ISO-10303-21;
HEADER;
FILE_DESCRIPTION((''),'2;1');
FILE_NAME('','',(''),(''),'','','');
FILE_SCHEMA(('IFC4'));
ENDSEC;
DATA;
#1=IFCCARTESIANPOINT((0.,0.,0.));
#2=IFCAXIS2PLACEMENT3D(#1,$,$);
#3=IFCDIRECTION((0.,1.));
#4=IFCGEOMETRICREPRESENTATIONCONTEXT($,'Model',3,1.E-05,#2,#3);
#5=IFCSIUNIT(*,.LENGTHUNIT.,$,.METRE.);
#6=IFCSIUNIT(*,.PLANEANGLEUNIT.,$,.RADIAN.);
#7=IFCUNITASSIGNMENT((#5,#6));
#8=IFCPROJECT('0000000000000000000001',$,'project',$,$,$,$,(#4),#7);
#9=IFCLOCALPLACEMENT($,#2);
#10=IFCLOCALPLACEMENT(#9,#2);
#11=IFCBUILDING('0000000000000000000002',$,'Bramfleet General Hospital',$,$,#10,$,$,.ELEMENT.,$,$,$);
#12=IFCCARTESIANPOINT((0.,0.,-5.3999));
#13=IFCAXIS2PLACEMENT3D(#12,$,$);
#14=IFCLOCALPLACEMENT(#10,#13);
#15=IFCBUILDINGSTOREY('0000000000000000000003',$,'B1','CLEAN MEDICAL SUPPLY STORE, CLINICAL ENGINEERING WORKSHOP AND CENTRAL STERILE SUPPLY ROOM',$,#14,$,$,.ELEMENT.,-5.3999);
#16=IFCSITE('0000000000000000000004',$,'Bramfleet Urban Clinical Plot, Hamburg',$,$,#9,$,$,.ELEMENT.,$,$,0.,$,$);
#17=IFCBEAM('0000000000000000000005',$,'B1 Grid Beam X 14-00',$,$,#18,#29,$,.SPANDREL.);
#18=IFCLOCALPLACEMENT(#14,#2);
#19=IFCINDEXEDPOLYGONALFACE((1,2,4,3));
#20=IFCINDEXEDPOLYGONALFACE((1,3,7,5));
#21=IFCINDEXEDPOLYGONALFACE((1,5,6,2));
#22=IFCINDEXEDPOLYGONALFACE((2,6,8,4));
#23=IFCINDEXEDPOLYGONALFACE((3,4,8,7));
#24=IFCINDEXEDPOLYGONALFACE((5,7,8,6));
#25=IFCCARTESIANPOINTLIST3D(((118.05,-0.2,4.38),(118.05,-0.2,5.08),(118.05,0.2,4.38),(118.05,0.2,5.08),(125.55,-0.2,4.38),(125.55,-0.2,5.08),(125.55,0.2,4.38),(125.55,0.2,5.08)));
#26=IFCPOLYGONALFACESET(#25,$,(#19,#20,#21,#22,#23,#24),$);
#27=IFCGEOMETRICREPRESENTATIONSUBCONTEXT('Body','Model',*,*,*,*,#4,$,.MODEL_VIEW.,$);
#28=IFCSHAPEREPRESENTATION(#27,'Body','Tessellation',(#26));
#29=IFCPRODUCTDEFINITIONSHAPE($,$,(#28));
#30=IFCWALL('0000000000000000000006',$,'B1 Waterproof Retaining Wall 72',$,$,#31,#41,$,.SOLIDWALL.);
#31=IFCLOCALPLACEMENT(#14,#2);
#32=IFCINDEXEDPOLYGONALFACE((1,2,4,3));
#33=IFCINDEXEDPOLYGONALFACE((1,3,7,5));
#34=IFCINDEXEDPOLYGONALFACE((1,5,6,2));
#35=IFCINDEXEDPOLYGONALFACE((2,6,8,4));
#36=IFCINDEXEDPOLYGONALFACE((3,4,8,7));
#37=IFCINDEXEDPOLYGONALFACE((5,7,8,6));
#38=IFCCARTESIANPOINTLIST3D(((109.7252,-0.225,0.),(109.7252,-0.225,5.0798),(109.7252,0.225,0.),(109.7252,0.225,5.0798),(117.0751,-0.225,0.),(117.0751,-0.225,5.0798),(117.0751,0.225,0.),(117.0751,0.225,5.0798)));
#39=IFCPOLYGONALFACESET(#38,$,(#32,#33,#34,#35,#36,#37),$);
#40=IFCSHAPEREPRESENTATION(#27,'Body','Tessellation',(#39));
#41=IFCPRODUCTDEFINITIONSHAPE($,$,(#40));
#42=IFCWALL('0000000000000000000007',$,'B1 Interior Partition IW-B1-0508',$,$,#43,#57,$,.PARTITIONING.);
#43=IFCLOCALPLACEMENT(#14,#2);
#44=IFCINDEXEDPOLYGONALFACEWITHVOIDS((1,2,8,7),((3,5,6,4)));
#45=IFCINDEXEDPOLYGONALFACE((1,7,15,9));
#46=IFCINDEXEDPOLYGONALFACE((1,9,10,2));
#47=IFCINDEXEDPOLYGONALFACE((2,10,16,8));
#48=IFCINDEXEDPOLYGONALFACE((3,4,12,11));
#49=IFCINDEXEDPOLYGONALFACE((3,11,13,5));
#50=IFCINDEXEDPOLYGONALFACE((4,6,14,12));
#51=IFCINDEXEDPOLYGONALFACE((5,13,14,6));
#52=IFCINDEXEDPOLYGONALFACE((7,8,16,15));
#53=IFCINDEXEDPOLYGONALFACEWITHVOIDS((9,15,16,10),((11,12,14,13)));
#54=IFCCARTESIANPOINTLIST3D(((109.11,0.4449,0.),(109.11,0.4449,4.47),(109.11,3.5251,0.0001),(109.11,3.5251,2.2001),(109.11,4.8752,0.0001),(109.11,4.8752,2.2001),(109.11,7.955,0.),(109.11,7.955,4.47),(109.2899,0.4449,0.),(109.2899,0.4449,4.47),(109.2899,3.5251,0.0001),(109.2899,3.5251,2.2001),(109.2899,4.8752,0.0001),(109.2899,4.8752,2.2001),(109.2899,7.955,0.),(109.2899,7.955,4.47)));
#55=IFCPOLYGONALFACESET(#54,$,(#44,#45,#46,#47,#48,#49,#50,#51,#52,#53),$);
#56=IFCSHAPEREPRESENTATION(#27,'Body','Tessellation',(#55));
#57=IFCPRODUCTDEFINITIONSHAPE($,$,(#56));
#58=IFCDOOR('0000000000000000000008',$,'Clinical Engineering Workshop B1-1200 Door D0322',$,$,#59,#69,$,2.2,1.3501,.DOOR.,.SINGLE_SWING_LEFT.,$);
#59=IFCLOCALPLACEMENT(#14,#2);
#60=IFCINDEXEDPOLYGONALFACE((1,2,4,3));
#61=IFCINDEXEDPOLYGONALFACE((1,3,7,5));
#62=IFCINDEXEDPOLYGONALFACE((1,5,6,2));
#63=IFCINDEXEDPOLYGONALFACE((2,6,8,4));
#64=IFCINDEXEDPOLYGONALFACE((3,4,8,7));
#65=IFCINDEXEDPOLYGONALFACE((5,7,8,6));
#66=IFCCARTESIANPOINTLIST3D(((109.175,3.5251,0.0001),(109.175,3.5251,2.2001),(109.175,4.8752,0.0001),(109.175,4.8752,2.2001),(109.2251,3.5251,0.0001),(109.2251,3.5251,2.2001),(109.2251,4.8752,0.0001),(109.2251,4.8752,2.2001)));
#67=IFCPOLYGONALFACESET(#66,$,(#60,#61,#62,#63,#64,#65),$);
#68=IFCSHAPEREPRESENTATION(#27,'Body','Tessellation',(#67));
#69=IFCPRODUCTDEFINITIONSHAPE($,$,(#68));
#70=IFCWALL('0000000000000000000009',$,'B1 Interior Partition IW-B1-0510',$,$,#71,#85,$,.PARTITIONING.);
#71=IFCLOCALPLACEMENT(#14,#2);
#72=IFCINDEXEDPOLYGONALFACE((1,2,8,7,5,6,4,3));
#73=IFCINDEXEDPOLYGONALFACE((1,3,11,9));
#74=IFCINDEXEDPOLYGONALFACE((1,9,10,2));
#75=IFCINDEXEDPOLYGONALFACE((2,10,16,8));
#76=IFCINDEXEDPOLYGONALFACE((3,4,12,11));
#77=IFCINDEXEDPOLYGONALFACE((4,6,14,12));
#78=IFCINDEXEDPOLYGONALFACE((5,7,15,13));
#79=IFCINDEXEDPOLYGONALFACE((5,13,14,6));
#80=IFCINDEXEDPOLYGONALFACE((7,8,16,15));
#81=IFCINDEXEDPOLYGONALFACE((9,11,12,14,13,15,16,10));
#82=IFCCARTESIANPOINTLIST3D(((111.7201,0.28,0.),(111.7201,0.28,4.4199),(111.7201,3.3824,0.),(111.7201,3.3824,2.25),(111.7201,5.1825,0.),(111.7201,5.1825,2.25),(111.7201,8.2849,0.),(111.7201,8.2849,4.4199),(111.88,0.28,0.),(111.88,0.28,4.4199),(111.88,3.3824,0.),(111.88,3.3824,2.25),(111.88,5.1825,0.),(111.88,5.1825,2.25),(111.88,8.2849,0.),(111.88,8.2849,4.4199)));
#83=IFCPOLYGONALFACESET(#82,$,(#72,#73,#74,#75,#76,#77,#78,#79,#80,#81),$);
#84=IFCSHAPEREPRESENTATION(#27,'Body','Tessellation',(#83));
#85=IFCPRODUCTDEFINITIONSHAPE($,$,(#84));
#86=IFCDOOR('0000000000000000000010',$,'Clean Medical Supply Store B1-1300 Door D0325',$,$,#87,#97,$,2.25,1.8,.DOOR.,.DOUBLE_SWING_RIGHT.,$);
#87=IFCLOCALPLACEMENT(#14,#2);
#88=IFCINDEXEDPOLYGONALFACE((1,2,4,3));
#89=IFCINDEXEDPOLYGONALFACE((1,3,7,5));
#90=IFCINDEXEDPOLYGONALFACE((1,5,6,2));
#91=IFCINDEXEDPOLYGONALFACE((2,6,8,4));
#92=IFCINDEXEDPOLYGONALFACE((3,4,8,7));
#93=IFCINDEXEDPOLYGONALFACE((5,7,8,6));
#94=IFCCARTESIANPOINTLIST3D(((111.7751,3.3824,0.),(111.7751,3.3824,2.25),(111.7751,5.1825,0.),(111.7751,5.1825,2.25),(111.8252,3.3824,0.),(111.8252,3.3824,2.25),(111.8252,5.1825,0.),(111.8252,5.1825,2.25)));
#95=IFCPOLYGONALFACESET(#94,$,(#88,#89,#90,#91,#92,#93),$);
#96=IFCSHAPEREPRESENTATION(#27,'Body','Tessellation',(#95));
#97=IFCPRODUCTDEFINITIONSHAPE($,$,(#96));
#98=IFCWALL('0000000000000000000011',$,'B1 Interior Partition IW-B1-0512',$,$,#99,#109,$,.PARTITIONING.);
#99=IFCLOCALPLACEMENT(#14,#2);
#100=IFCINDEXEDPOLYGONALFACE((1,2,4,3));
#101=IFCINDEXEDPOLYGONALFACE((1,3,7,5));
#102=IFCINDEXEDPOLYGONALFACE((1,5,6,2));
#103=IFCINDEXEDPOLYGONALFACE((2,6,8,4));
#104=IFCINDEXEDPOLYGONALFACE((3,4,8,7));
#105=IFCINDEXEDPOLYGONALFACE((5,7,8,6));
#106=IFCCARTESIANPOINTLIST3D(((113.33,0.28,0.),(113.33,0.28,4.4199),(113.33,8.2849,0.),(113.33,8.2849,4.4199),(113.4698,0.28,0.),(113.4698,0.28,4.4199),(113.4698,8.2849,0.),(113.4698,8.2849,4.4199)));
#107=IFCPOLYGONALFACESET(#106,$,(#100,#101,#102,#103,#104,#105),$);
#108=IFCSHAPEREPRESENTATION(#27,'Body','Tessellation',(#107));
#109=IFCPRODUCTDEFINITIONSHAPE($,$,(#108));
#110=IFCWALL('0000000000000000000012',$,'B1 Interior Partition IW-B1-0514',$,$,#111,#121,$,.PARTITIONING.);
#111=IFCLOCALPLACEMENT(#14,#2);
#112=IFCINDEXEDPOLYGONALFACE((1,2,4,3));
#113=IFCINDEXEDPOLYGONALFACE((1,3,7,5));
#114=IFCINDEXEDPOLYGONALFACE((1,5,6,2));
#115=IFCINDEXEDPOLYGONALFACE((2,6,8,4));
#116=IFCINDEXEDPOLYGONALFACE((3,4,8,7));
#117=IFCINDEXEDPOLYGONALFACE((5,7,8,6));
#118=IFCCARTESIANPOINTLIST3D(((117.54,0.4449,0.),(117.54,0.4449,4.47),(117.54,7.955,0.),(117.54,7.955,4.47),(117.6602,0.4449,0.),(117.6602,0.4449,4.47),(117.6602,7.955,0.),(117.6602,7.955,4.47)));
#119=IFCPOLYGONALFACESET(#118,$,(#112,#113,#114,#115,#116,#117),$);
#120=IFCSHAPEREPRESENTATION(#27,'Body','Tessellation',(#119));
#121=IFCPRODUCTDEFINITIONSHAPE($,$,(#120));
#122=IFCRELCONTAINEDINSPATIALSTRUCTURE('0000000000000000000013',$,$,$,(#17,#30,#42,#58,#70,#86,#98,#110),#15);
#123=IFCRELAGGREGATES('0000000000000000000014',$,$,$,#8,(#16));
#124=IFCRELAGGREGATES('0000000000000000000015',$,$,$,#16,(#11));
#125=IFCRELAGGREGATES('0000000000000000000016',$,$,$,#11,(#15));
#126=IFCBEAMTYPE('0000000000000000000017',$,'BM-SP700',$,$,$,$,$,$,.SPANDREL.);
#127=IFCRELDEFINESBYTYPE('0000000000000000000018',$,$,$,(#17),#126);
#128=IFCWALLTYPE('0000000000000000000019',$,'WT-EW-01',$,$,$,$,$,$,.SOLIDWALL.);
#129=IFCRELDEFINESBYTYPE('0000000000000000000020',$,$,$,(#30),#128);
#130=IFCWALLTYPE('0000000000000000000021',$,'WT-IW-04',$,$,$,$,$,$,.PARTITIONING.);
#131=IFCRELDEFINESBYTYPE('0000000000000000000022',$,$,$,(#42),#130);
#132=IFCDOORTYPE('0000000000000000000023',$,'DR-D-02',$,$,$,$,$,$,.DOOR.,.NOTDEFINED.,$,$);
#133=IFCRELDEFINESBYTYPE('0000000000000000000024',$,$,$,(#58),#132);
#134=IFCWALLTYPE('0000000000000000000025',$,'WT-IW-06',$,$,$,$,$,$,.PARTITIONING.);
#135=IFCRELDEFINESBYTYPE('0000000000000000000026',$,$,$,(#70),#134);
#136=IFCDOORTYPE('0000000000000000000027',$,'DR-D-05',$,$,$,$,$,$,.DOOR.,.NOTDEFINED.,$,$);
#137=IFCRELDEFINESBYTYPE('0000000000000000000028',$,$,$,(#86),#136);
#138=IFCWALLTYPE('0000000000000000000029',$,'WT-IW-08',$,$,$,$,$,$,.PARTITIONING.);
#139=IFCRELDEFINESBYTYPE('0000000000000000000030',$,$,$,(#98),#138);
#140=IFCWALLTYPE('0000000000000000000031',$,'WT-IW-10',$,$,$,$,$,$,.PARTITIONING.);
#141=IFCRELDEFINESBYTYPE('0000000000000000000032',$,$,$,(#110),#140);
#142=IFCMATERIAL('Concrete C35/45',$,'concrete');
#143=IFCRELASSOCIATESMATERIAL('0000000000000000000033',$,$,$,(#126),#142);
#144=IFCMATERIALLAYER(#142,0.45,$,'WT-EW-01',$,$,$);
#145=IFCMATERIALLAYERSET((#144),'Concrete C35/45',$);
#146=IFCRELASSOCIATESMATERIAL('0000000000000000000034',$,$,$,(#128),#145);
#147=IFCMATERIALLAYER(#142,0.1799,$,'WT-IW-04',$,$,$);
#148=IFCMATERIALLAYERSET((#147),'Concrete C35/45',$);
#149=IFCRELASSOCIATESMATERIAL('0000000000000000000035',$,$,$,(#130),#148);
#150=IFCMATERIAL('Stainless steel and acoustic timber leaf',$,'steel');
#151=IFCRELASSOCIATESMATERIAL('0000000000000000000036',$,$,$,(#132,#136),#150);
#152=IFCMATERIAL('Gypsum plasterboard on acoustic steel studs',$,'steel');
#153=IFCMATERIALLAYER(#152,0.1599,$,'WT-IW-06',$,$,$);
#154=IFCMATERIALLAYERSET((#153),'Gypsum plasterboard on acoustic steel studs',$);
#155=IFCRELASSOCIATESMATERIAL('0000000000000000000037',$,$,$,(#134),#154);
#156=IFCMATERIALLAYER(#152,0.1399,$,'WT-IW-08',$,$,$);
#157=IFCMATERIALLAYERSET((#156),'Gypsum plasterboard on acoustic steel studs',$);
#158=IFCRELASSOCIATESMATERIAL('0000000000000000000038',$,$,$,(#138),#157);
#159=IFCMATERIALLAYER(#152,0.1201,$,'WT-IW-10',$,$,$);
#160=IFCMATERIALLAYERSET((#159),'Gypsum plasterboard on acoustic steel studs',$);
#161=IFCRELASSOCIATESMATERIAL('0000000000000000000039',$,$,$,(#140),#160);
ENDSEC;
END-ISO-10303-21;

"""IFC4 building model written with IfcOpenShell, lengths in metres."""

from ifc_helpers import new_model, si_unit, direction, frame, frame_2d, origin, origin_2d, place, context, subcontext, project, spatial, rectangle, extrude, material, layer, layer_set, material_profile, profile_set, type_object, element, fill, save


model = new_model("IFC4")

# Units and contexts
model_context = context("Model", 3, precision=1e-05, world=origin(), true_north=direction((0.0, 1.0)))
body_context = subcontext(model_context, "Body", "Model", "MODEL_VIEW")
ifc_project = project(units=[si_unit("LENGTHUNIT", "METRE"), si_unit("PLANEANGLEUNIT", "RADIAN")], contexts=[model_context])

# Site, building, storey
site_placement = place(None, origin())
site = spatial("IfcSite", under=ifc_project, at=site_placement, Name="Bramfleet Urban Clinical Plot, Hamburg", CompositionType="ELEMENT", RefElevation=0.0)
building_placement = place(site_placement, origin())
building = spatial("IfcBuilding", under=site, at=building_placement, Name="Bramfleet General Hospital", CompositionType="ELEMENT")
storey_placement = place(building_placement, frame((0.0, 0.0, -5.3999)))
storey = spatial("IfcBuildingStorey", under=building, at=storey_placement, Name="B1", Description="CLEAN MEDICAL SUPPLY STORE, CLINICAL ENGINEERING WORKSHOP AND CENTRAL STERILE SUPPLY ROOM", CompositionType="ELEMENT", Elevation=-5.3999)

# Shared definitions
ifc_material_1 = material(Name="Concrete C35/45", Category="concrete")

# Beam
ifc_material_profile_1 = material_profile(ifc_material_1, rectangle(XDim=0.3999, YDim=0.7, at=origin_2d()), Name="RC SP 700x400")
ifc_profile_set_1 = profile_set([ifc_material_profile_1], Name="Concrete C35/45")
beam_type_1 = type_object("IfcBeamType", Name="BM-SP700", PredefinedType="SPANDREL", material=ifc_profile_set_1)
for number, where, z_axis, x_axis, name in (
    (1, (118.05, 0.0, 4.73), (1.0, 0.0, 0.0), (0.0, 1.0, 0.0), "B1 Grid Beam X 14-00"),
):
    element("IfcBeam", number, at=place(storey_placement, frame(where, z_axis=z_axis, x_axis=x_axis)), inside=storey, type_object=beam_type_1, Name=name, PredefinedType="SPANDREL", context=body_context, shape_type="SweptSolid", body=[
        extrude(rectangle(XDim=0.3999, YDim=0.7, at=origin_2d()), origin(), (0.0, 0.0, 1.0), 7.5),
    ])

# Wall
ifc_layer_1 = layer(ifc_material_1, 0.45, Name="WT-EW-01")
ifc_layer_set_1 = layer_set([ifc_layer_1], Name="Concrete C35/45")
wall_type_1 = type_object("IfcWallType", Name="WT-EW-01", PredefinedType="SOLIDWALL", material=ifc_layer_set_1)
wall_1_placement = place(storey_placement, frame((117.075, 0.0, 0.0), z_axis=(0.0, 0.0, 1.0), x_axis=(-1.0, 0.0, 0.0)))
element("IfcWall", 2, at=wall_1_placement, inside=storey, type_object=wall_type_1, Name="B1 Waterproof Retaining Wall 72", PredefinedType="SOLIDWALL", context=body_context, shape_type="SweptSolid", body=[
    extrude(rectangle(XDim=7.3499, YDim=0.45, at=frame_2d((3.6748, 0.0))), origin(), (0.0, 0.0, 1.0), 5.0798),
])

# Walls, openings, doors
ifc_layer_2 = layer(ifc_material_1, 0.1799, Name="WT-IW-04")
ifc_layer_set_2 = layer_set([ifc_layer_2], Name="Concrete C35/45")
wall_type_2 = type_object("IfcWallType", Name="WT-IW-04", PredefinedType="PARTITIONING", material=ifc_layer_set_2)
wall_2_placement = place(storey_placement, frame((109.2, 0.4451, 0.0), z_axis=(0.0, 0.0, 1.0), x_axis=(0.0, 1.0, 0.0)))
wall_2 = element("IfcWall", 3, at=wall_2_placement, inside=storey, type_object=wall_type_2, Name="B1 Interior Partition IW-B1-0508", PredefinedType="PARTITIONING", context=body_context, shape_type="SweptSolid", body=[
    extrude(rectangle(XDim=7.51, YDim=0.1799, at=frame_2d((3.7549, 0.0))), origin(), (0.0, 0.0, 1.0), 4.47),
])
opening_1_placement = place(wall_2_placement, frame((3.0801, 0.0, 0.0)))
opening_1 = element("IfcOpeningElement", 4, at=opening_1_placement, cuts=wall_2, PredefinedType="OPENING", context=body_context, shape_type="SweptSolid", body=[
    extrude(rectangle(XDim=1.3501, YDim=2.2, at=frame_2d((0.675, 1.1001))), frame((0.0, 0.0999, 0.0), z_axis=(0.0, -1.0, 0.0), x_axis=(1.0, 0.0, 0.0)), (0.0, 0.0, 1.0), 0.2),
])
ifc_material_2 = material(Name="Stainless steel and acoustic timber leaf", Category="steel")
door_type_1 = type_object("IfcDoorType", Name="DR-D-02", OperationType="NOTDEFINED", PredefinedType="DOOR", material=ifc_material_2)
door_1_placement = place(opening_1_placement, origin())
door_1 = element("IfcDoor", 5, at=door_1_placement, inside=storey, type_object=door_type_1, Name="Clinical Engineering Workshop B1-1200 Door D0322", OperationType="SINGLE_SWING_LEFT", OverallHeight=2.2, OverallWidth=1.3501, PredefinedType="DOOR", context=body_context, shape_type="SweptSolid", body=[
    extrude(rectangle(XDim=1.3501, YDim=2.2, at=frame_2d((0.675, 1.1001))), frame((0.0, 0.0249, 0.0), z_axis=(0.0, -1.0, 0.0), x_axis=(1.0, 0.0, 0.0)), (0.0, 0.0, 1.0), 0.05),
])
fill(opening_1, door_1)
ifc_material_3 = material(Name="Gypsum plasterboard on acoustic steel studs", Category="steel")
ifc_layer_3 = layer(ifc_material_3, 0.1599, Name="WT-IW-06")
ifc_layer_set_3 = layer_set([ifc_layer_3], Name="Gypsum plasterboard on acoustic steel studs")
wall_type_3 = type_object("IfcWallType", Name="WT-IW-06", PredefinedType="PARTITIONING", material=ifc_layer_set_3)
wall_3_placement = place(storey_placement, frame((111.8, 0.28, 0.0), z_axis=(0.0, 0.0, 1.0), x_axis=(0.0, 1.0, 0.0)))
wall_3 = element("IfcWall", 6, at=wall_3_placement, inside=storey, type_object=wall_type_3, Name="B1 Interior Partition IW-B1-0510", PredefinedType="PARTITIONING", context=body_context, shape_type="SweptSolid", body=[
    extrude(rectangle(XDim=8.0049, YDim=0.1599, at=frame_2d((4.0024, 0.0))), origin(), (0.0, 0.0, 1.0), 4.4199),
])
opening_2_placement = place(wall_3_placement, frame((3.1025, 0.0, 0.0)))
opening_2 = element("IfcOpeningElement", 7, at=opening_2_placement, cuts=wall_3, PredefinedType="OPENING", context=body_context, shape_type="SweptSolid", body=[
    extrude(rectangle(XDim=1.8, YDim=2.25, at=frame_2d((0.8999, 1.125))), frame((0.0, 0.0898, 0.0), z_axis=(0.0, -1.0, 0.0), x_axis=(1.0, 0.0, 0.0)), (0.0, 0.0, 1.0), 0.1799),
])
door_type_2 = type_object("IfcDoorType", Name="DR-D-05", OperationType="NOTDEFINED", PredefinedType="DOOR", material=ifc_material_2)
door_2_placement = place(opening_2_placement, origin())
door_2 = element("IfcDoor", 8, at=door_2_placement, inside=storey, type_object=door_type_2, Name="Clean Medical Supply Store B1-1300 Door D0325", OperationType="DOUBLE_SWING_RIGHT", OverallHeight=2.25, OverallWidth=1.8, PredefinedType="DOOR", context=body_context, shape_type="SweptSolid", body=[
    extrude(rectangle(XDim=1.8, YDim=2.25, at=frame_2d((0.8999, 1.125))), frame((0.0, 0.0249, 0.0), z_axis=(0.0, -1.0, 0.0), x_axis=(1.0, 0.0, 0.0)), (0.0, 0.0, 1.0), 0.05),
])
fill(opening_2, door_2)

# Walls
ifc_layer_4 = layer(ifc_material_3, 0.1399, Name="WT-IW-08")
ifc_layer_set_4 = layer_set([ifc_layer_4], Name="Gypsum plasterboard on acoustic steel studs")
wall_type_4 = type_object("IfcWallType", Name="WT-IW-08", PredefinedType="PARTITIONING", material=ifc_layer_set_4)
wall_4_placement = place(storey_placement, frame((113.3999, 0.28, 0.0), z_axis=(0.0, 0.0, 1.0), x_axis=(0.0, 1.0, 0.0)))
element("IfcWall", 9, at=wall_4_placement, inside=storey, type_object=wall_type_4, Name="B1 Interior Partition IW-B1-0512", PredefinedType="PARTITIONING", context=body_context, shape_type="SweptSolid", body=[
    extrude(rectangle(XDim=8.0049, YDim=0.1399, at=frame_2d((4.0024, 0.0))), origin(), (0.0, 0.0, 1.0), 4.4199),
])
ifc_layer_5 = layer(ifc_material_3, 0.1201, Name="WT-IW-10")
ifc_layer_set_5 = layer_set([ifc_layer_5], Name="Gypsum plasterboard on acoustic steel studs")
wall_type_5 = type_object("IfcWallType", Name="WT-IW-10", PredefinedType="PARTITIONING", material=ifc_layer_set_5)
wall_5_placement = place(storey_placement, frame((117.6001, 0.4451, 0.0), z_axis=(0.0, 0.0, 1.0), x_axis=(0.0, 1.0, 0.0)))
element("IfcWall", 10, at=wall_5_placement, inside=storey, type_object=wall_type_5, Name="B1 Interior Partition IW-B1-0514", PredefinedType="PARTITIONING", context=body_context, shape_type="SweptSolid", body=[
    extrude(rectangle(XDim=7.51, YDim=0.1201, at=frame_2d((3.7549, 0.0))), origin(), (0.0, 0.0, 1.0), 4.47),
])

save(model, "model.ifc")
